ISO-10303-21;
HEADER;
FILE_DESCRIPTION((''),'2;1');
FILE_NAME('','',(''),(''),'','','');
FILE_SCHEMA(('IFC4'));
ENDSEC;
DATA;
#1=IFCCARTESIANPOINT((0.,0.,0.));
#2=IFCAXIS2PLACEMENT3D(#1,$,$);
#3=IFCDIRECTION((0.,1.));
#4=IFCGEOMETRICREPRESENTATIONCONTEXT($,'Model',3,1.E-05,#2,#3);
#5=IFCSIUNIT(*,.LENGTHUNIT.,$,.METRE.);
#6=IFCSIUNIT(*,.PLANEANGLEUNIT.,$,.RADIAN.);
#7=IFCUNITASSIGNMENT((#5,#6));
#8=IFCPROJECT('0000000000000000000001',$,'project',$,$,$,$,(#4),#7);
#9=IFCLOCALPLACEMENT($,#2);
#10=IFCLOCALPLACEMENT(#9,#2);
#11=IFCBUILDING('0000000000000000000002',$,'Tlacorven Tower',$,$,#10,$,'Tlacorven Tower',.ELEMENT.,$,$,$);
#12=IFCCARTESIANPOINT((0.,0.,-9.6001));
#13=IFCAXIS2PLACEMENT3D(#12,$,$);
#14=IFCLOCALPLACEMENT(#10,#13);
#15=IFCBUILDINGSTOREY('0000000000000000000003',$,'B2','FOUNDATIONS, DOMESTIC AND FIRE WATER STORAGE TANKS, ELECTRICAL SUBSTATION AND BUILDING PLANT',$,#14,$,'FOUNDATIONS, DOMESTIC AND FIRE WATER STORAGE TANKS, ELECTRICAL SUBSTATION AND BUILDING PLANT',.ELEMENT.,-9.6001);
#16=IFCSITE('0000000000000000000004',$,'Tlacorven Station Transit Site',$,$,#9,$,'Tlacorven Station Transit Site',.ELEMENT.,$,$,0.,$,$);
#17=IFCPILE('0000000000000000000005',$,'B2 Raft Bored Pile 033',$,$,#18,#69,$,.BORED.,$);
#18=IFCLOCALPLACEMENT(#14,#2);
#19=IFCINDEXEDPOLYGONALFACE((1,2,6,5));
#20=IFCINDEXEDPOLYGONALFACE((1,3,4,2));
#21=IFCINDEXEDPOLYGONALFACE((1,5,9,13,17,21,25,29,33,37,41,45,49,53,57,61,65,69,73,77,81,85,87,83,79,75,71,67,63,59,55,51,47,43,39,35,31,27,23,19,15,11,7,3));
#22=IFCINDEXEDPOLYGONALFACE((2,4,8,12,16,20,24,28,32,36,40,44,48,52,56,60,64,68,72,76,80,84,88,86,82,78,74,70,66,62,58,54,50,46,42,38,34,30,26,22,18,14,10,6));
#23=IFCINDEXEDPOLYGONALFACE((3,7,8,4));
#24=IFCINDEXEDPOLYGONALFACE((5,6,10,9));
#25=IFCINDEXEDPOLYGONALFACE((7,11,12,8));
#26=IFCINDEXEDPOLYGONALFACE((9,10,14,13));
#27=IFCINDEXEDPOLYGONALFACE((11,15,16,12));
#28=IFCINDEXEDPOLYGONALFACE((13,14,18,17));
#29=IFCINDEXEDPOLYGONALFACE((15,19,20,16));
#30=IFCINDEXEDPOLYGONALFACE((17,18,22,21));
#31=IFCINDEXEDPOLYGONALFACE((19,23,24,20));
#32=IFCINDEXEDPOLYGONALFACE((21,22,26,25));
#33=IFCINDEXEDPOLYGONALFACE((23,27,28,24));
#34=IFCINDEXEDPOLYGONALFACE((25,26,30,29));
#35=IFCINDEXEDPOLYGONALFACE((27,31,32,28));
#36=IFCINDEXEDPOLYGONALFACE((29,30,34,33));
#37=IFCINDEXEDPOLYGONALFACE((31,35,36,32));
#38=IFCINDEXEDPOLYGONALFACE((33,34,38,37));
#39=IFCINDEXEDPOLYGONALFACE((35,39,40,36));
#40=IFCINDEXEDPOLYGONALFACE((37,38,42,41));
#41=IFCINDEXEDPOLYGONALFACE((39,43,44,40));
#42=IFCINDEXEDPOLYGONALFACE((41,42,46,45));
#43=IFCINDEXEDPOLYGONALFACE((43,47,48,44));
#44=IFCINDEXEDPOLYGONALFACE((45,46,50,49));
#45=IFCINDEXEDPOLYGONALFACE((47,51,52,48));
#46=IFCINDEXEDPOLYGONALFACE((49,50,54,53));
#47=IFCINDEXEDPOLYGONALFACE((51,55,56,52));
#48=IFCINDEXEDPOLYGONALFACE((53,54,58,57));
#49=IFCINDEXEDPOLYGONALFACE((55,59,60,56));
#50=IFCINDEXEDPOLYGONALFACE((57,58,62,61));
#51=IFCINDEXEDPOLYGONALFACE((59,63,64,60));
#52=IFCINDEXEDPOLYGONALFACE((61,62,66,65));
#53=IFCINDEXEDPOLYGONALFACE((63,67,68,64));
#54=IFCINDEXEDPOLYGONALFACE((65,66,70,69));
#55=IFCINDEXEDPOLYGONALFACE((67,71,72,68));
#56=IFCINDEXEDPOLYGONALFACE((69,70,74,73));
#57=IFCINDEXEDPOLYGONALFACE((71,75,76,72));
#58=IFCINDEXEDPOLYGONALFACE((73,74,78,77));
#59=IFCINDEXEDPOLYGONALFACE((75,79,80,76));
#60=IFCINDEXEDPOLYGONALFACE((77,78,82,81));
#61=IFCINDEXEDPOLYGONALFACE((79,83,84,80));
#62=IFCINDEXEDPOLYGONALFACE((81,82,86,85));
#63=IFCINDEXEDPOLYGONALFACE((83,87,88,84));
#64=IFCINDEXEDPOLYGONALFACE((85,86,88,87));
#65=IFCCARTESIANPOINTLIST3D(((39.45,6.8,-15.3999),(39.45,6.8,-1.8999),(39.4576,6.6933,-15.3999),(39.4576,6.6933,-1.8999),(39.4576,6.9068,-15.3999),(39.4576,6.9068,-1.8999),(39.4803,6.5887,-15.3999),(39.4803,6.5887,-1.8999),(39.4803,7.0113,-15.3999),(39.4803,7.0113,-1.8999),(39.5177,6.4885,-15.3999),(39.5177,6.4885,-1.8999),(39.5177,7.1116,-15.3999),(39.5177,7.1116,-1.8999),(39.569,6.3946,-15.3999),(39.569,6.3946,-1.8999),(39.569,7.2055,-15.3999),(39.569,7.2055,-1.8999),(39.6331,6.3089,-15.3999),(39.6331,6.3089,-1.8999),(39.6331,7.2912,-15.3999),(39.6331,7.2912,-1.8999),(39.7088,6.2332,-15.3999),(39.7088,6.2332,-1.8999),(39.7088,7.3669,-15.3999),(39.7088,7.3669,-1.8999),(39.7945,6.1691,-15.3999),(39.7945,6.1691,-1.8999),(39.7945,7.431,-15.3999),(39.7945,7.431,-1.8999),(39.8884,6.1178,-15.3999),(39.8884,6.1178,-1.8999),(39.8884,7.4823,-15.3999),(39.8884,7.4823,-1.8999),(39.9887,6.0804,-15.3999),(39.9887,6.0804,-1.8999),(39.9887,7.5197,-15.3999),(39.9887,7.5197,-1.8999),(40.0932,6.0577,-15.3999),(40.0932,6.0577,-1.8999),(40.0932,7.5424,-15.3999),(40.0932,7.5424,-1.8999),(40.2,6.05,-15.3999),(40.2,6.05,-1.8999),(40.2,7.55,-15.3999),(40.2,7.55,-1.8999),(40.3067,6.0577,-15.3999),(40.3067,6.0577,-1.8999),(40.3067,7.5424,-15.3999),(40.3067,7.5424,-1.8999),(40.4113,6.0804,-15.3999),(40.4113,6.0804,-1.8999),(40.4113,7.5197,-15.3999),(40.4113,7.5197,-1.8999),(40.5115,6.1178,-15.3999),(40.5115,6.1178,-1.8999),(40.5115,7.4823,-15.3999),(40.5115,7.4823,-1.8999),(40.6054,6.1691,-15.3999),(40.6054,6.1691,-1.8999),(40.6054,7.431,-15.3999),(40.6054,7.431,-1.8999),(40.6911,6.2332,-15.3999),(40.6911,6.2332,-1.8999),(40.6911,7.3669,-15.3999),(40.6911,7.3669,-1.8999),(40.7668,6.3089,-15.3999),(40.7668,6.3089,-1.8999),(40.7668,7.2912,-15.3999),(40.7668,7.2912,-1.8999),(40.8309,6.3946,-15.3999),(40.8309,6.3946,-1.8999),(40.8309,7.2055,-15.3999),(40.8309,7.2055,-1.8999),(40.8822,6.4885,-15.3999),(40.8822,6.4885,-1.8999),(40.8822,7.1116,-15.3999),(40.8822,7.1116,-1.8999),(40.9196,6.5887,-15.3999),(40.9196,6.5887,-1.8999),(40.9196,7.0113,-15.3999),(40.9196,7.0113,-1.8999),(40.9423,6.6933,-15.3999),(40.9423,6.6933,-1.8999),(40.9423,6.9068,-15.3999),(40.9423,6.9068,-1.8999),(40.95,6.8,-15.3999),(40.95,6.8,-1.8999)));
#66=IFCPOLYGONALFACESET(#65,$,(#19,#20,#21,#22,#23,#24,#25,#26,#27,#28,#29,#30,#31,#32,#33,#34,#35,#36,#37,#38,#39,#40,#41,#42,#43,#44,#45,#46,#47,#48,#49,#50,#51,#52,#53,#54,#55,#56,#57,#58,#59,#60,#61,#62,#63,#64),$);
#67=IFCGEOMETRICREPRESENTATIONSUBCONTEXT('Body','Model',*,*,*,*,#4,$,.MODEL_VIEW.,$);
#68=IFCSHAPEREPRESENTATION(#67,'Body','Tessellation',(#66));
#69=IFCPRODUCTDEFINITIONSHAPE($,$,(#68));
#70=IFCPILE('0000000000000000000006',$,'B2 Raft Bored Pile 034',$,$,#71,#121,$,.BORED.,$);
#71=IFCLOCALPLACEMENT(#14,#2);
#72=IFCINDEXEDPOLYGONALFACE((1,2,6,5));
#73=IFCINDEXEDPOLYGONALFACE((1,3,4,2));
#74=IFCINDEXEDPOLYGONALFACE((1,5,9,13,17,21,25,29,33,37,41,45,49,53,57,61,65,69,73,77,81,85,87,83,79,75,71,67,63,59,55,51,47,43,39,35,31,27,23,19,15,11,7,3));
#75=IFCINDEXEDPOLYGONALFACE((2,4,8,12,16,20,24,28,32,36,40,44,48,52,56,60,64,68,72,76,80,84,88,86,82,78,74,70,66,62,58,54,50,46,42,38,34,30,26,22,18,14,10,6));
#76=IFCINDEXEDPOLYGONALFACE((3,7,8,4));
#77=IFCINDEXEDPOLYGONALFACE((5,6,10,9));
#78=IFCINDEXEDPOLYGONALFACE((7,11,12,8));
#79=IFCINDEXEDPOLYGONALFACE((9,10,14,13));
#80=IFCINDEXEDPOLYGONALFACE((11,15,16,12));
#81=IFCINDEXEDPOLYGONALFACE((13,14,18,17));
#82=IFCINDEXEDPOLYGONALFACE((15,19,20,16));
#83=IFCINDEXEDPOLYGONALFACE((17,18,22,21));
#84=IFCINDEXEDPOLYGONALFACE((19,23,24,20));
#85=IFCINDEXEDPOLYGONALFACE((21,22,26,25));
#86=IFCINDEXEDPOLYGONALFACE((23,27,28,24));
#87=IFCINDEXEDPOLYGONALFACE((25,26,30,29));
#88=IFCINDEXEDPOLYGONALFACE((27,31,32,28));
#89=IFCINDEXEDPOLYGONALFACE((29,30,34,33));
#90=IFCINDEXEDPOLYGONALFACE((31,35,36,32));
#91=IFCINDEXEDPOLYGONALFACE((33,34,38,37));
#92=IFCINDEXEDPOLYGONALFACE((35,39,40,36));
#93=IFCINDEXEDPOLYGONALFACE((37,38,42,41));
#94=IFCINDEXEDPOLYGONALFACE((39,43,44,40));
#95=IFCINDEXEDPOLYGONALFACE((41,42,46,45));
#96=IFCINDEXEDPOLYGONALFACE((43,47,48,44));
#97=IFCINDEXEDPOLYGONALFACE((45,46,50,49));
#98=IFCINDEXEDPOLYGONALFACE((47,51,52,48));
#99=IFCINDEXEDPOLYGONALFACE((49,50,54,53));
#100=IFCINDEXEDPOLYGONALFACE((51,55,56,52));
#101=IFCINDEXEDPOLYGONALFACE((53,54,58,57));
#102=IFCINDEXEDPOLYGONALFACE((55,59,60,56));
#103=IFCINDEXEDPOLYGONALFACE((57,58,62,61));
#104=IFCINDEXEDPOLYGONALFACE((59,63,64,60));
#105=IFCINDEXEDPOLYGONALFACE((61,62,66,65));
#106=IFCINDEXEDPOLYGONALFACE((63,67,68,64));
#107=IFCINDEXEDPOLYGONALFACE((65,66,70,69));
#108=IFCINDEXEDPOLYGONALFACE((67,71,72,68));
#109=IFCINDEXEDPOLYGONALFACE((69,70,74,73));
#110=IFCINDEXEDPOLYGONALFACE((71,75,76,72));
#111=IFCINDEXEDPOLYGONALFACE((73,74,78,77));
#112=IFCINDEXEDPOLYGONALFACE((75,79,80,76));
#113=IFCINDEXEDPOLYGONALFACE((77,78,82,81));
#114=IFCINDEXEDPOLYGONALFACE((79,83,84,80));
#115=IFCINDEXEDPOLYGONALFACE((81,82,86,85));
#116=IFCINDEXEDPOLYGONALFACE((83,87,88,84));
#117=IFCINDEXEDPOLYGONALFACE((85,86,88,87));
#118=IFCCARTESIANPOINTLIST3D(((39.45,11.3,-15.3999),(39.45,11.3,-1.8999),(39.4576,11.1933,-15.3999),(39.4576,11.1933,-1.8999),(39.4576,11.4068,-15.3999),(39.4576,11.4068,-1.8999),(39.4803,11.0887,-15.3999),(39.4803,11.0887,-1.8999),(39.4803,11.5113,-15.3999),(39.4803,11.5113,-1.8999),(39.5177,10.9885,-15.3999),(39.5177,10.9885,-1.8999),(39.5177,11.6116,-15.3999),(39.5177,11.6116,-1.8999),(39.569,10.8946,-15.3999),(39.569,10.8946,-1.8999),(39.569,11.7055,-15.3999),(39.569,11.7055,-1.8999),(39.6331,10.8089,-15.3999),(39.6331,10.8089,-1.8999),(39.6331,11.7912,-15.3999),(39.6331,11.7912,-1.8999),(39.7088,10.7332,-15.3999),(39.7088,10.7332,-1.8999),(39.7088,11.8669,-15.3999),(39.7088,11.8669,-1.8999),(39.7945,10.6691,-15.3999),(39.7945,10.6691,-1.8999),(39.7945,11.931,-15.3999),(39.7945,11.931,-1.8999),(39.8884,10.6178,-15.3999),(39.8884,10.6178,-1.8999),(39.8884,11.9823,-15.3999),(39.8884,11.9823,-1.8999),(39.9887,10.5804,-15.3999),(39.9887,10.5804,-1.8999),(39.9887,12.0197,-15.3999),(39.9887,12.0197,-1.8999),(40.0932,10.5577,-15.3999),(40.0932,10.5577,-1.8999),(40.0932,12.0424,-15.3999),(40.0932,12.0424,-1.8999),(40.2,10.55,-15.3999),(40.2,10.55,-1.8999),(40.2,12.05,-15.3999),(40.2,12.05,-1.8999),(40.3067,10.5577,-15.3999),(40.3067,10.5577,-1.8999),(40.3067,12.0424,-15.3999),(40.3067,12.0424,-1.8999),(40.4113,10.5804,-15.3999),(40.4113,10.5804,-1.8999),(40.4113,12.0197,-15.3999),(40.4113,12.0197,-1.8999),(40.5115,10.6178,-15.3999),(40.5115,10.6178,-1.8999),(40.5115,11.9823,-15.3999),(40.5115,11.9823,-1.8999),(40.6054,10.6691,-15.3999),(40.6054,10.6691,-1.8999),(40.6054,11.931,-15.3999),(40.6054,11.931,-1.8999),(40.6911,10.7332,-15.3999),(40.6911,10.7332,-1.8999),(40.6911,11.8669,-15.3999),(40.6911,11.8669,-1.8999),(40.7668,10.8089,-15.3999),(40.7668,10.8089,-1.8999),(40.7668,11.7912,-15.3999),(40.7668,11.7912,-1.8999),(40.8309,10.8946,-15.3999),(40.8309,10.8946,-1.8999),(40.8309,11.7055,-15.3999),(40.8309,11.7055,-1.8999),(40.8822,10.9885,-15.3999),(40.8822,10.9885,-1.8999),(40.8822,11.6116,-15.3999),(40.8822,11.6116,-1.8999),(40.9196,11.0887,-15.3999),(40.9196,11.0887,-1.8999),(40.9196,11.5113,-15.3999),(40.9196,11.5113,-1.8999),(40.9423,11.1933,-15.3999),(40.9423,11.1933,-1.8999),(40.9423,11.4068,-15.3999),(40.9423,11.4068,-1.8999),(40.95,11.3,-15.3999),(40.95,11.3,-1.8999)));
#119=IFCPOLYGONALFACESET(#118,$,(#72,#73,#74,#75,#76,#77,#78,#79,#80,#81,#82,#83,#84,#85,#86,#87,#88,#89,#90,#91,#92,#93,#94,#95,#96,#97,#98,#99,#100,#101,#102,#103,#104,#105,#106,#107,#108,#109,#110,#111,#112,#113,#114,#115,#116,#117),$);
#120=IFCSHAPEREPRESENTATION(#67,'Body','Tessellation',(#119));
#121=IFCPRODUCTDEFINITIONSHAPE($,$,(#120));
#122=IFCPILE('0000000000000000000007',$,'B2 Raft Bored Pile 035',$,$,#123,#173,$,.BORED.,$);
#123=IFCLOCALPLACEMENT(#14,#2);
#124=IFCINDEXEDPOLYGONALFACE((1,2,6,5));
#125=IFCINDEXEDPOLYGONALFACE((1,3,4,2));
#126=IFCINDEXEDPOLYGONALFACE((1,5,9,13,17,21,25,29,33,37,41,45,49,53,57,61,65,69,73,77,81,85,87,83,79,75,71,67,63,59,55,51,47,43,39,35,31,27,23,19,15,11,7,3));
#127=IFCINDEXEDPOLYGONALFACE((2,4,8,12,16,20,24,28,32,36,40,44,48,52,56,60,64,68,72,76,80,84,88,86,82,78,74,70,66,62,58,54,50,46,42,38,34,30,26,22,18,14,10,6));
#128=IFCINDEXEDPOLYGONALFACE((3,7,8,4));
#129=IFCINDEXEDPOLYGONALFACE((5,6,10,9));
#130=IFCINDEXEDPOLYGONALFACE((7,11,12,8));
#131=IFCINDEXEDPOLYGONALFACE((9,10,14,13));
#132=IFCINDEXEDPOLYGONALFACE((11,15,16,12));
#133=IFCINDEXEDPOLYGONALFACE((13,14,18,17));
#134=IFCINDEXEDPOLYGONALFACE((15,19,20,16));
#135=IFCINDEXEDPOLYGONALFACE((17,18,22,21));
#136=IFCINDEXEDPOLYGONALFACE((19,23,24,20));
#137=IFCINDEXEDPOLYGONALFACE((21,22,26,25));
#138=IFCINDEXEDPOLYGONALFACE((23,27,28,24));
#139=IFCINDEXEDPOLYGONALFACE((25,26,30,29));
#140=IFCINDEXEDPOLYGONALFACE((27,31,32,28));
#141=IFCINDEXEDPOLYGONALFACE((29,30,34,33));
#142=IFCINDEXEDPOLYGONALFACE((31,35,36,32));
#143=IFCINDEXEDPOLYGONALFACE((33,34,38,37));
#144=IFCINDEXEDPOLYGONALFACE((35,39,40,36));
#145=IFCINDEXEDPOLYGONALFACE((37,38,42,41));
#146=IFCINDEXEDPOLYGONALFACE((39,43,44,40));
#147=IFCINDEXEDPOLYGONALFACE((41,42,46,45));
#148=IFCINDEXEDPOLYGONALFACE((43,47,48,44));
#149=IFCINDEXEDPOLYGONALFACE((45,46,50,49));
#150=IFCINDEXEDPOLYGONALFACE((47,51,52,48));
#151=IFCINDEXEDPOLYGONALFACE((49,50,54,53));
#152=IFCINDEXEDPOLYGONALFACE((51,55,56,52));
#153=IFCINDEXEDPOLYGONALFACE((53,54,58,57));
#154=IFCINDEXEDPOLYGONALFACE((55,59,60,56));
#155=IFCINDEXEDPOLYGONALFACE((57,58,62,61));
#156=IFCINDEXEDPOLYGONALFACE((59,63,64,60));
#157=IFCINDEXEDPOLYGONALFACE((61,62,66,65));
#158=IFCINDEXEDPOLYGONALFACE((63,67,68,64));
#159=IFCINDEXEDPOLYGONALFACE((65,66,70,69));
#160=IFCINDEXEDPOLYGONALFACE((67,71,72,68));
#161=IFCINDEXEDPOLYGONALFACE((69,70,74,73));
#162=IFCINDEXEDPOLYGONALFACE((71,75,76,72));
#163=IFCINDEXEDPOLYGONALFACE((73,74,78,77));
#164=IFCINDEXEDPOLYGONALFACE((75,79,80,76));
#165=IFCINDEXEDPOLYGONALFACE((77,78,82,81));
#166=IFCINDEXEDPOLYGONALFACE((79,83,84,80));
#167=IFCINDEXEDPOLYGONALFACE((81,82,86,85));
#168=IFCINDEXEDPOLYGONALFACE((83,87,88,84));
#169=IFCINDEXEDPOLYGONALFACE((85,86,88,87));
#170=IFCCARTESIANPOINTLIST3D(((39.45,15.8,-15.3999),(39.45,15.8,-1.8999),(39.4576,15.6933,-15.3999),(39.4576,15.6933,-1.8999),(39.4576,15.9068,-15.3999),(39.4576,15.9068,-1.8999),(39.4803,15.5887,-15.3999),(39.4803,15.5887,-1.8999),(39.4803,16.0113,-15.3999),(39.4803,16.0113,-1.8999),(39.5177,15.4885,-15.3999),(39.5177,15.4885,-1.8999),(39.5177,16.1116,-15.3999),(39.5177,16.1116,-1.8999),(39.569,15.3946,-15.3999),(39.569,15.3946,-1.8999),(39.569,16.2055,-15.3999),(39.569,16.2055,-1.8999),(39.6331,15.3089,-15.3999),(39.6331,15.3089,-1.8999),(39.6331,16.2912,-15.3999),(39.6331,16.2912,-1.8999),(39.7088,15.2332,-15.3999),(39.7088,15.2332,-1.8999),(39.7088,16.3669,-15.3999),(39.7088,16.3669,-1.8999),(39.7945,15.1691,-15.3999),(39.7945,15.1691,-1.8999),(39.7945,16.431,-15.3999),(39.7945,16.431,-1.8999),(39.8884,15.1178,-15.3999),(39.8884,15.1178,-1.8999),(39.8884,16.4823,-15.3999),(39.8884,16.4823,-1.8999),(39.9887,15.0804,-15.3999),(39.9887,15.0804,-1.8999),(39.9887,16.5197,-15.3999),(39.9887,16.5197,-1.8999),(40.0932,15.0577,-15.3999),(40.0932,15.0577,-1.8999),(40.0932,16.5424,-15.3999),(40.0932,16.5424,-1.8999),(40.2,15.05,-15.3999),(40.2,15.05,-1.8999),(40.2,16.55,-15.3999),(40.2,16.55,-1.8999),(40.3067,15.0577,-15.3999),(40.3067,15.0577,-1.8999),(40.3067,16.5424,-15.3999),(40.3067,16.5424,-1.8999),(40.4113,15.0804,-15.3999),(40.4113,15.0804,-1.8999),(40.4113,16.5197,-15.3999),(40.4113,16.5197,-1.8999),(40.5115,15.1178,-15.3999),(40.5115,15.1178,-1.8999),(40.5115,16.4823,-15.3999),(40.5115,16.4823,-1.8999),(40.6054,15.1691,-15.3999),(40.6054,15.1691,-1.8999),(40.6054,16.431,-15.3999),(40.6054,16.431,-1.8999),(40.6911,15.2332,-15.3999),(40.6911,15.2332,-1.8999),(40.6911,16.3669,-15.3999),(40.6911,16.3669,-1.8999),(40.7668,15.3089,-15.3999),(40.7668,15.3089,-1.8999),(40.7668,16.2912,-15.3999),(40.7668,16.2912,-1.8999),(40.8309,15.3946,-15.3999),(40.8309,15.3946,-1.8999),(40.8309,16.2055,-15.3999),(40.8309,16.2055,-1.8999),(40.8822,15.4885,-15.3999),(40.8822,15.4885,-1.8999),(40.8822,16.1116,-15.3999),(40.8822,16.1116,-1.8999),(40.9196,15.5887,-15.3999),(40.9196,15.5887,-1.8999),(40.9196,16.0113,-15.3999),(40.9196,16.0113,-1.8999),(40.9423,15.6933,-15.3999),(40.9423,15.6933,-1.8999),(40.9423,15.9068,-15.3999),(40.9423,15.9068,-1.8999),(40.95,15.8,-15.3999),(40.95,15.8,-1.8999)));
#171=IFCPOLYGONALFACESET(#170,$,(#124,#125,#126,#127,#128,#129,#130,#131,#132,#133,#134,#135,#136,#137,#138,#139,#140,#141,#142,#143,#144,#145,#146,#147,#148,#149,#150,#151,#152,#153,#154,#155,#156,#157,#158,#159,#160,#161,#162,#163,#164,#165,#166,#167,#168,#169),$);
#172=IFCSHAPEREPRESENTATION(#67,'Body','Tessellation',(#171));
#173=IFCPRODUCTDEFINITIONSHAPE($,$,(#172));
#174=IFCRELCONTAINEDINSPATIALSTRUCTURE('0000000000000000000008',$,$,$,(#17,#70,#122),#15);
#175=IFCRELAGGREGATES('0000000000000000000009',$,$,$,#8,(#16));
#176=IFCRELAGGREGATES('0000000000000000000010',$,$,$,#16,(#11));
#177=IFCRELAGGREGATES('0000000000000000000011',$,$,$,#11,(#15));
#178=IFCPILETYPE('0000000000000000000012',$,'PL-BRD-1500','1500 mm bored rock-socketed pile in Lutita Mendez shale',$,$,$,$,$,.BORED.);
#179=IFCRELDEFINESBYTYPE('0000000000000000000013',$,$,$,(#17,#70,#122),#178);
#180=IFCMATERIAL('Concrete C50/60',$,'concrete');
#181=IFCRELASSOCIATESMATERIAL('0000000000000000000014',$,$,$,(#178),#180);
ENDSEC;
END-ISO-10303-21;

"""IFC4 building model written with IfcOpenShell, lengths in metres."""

from ifc_helpers import new_model, si_unit, direction, frame, origin, origin_2d, place, context, subcontext, project, spatial, circle, extrude, source, transform, mapped, material, material_profile, profile_set, type_object, element, save


model = new_model("IFC4")

# Units and contexts
model_context = context("Model", 3, precision=1e-05, world=origin(), true_north=direction((0.0, 1.0)))
body_context = subcontext(model_context, "Body", "Model", "MODEL_VIEW")
ifc_project = project(units=[si_unit("LENGTHUNIT", "METRE"), si_unit("PLANEANGLEUNIT", "RADIAN")], contexts=[model_context])

# Site, building, storey
site_placement = place(None, origin())
site = spatial("IfcSite", under=ifc_project, at=site_placement, Name="Tlacorven Station Transit Site", LongName="Tlacorven Station Transit Site", CompositionType="ELEMENT", RefElevation=0.0)
building_placement = place(site_placement, origin())
building = spatial("IfcBuilding", under=site, at=building_placement, Name="Tlacorven Tower", LongName="Tlacorven Tower", CompositionType="ELEMENT")
storey_placement = place(building_placement, frame((0.0, 0.0, -9.6001)))
storey = spatial("IfcBuildingStorey", under=building, at=storey_placement, Name="B2", Description="FOUNDATIONS, DOMESTIC AND FIRE WATER STORAGE TANKS, ELECTRICAL SUBSTATION AND BUILDING PLANT", LongName="FOUNDATIONS, DOMESTIC AND FIRE WATER STORAGE TANKS, ELECTRICAL SUBSTATION AND BUILDING PLANT", CompositionType="ELEMENT", Elevation=-9.6001)

# Piles
ifc_material_1 = material(Name="Concrete C50/60", Category="concrete")
ifc_material_profile_1 = material_profile(ifc_material_1, circle(Radius=0.75, at=origin_2d()), Name="BORED PILE D1500")
ifc_profile_set_1 = profile_set([ifc_material_profile_1], Name="Concrete C50/60")
pile_type = type_object("IfcPileType", Name="PL-BRD-1500", Description="1500 mm bored rock-socketed pile in Lutita Mendez shale", PredefinedType="BORED", material=ifc_profile_set_1)
shared_shape_1 = source(origin(), body_context, "Body", "SweptSolid", [
    extrude(circle(Radius=0.75, at=origin_2d()), origin(), (0.0, 0.0, 1.0), 13.5),
])
for number, where, z_axis, x_axis, name in (
    (1, (40.2, 6.8, -1.8999), (0.0, 0.0, -1.0), (1.0, 0.0, 0.0), "B2 Raft Bored Pile 033"),
    (2, (40.2, 11.3, -1.8999), (0.0, 0.0, -1.0), (1.0, 0.0, 0.0), "B2 Raft Bored Pile 034"),
    (3, (40.2, 15.8, -1.8999), (0.0, 0.0, -1.0), (1.0, 0.0, 0.0), "B2 Raft Bored Pile 035"),
):
    element("IfcPile", number, at=place(storey_placement, frame(where, z_axis=z_axis, x_axis=x_axis)), inside=storey, type_object=pile_type, Name=name, PredefinedType="BORED", context=body_context, shape_type="MappedRepresentation", body=[
        mapped(shared_shape_1, transform((0.0, 0.0, 0.0), scale=1.0)),
    ])

save(model, "model.ifc")
